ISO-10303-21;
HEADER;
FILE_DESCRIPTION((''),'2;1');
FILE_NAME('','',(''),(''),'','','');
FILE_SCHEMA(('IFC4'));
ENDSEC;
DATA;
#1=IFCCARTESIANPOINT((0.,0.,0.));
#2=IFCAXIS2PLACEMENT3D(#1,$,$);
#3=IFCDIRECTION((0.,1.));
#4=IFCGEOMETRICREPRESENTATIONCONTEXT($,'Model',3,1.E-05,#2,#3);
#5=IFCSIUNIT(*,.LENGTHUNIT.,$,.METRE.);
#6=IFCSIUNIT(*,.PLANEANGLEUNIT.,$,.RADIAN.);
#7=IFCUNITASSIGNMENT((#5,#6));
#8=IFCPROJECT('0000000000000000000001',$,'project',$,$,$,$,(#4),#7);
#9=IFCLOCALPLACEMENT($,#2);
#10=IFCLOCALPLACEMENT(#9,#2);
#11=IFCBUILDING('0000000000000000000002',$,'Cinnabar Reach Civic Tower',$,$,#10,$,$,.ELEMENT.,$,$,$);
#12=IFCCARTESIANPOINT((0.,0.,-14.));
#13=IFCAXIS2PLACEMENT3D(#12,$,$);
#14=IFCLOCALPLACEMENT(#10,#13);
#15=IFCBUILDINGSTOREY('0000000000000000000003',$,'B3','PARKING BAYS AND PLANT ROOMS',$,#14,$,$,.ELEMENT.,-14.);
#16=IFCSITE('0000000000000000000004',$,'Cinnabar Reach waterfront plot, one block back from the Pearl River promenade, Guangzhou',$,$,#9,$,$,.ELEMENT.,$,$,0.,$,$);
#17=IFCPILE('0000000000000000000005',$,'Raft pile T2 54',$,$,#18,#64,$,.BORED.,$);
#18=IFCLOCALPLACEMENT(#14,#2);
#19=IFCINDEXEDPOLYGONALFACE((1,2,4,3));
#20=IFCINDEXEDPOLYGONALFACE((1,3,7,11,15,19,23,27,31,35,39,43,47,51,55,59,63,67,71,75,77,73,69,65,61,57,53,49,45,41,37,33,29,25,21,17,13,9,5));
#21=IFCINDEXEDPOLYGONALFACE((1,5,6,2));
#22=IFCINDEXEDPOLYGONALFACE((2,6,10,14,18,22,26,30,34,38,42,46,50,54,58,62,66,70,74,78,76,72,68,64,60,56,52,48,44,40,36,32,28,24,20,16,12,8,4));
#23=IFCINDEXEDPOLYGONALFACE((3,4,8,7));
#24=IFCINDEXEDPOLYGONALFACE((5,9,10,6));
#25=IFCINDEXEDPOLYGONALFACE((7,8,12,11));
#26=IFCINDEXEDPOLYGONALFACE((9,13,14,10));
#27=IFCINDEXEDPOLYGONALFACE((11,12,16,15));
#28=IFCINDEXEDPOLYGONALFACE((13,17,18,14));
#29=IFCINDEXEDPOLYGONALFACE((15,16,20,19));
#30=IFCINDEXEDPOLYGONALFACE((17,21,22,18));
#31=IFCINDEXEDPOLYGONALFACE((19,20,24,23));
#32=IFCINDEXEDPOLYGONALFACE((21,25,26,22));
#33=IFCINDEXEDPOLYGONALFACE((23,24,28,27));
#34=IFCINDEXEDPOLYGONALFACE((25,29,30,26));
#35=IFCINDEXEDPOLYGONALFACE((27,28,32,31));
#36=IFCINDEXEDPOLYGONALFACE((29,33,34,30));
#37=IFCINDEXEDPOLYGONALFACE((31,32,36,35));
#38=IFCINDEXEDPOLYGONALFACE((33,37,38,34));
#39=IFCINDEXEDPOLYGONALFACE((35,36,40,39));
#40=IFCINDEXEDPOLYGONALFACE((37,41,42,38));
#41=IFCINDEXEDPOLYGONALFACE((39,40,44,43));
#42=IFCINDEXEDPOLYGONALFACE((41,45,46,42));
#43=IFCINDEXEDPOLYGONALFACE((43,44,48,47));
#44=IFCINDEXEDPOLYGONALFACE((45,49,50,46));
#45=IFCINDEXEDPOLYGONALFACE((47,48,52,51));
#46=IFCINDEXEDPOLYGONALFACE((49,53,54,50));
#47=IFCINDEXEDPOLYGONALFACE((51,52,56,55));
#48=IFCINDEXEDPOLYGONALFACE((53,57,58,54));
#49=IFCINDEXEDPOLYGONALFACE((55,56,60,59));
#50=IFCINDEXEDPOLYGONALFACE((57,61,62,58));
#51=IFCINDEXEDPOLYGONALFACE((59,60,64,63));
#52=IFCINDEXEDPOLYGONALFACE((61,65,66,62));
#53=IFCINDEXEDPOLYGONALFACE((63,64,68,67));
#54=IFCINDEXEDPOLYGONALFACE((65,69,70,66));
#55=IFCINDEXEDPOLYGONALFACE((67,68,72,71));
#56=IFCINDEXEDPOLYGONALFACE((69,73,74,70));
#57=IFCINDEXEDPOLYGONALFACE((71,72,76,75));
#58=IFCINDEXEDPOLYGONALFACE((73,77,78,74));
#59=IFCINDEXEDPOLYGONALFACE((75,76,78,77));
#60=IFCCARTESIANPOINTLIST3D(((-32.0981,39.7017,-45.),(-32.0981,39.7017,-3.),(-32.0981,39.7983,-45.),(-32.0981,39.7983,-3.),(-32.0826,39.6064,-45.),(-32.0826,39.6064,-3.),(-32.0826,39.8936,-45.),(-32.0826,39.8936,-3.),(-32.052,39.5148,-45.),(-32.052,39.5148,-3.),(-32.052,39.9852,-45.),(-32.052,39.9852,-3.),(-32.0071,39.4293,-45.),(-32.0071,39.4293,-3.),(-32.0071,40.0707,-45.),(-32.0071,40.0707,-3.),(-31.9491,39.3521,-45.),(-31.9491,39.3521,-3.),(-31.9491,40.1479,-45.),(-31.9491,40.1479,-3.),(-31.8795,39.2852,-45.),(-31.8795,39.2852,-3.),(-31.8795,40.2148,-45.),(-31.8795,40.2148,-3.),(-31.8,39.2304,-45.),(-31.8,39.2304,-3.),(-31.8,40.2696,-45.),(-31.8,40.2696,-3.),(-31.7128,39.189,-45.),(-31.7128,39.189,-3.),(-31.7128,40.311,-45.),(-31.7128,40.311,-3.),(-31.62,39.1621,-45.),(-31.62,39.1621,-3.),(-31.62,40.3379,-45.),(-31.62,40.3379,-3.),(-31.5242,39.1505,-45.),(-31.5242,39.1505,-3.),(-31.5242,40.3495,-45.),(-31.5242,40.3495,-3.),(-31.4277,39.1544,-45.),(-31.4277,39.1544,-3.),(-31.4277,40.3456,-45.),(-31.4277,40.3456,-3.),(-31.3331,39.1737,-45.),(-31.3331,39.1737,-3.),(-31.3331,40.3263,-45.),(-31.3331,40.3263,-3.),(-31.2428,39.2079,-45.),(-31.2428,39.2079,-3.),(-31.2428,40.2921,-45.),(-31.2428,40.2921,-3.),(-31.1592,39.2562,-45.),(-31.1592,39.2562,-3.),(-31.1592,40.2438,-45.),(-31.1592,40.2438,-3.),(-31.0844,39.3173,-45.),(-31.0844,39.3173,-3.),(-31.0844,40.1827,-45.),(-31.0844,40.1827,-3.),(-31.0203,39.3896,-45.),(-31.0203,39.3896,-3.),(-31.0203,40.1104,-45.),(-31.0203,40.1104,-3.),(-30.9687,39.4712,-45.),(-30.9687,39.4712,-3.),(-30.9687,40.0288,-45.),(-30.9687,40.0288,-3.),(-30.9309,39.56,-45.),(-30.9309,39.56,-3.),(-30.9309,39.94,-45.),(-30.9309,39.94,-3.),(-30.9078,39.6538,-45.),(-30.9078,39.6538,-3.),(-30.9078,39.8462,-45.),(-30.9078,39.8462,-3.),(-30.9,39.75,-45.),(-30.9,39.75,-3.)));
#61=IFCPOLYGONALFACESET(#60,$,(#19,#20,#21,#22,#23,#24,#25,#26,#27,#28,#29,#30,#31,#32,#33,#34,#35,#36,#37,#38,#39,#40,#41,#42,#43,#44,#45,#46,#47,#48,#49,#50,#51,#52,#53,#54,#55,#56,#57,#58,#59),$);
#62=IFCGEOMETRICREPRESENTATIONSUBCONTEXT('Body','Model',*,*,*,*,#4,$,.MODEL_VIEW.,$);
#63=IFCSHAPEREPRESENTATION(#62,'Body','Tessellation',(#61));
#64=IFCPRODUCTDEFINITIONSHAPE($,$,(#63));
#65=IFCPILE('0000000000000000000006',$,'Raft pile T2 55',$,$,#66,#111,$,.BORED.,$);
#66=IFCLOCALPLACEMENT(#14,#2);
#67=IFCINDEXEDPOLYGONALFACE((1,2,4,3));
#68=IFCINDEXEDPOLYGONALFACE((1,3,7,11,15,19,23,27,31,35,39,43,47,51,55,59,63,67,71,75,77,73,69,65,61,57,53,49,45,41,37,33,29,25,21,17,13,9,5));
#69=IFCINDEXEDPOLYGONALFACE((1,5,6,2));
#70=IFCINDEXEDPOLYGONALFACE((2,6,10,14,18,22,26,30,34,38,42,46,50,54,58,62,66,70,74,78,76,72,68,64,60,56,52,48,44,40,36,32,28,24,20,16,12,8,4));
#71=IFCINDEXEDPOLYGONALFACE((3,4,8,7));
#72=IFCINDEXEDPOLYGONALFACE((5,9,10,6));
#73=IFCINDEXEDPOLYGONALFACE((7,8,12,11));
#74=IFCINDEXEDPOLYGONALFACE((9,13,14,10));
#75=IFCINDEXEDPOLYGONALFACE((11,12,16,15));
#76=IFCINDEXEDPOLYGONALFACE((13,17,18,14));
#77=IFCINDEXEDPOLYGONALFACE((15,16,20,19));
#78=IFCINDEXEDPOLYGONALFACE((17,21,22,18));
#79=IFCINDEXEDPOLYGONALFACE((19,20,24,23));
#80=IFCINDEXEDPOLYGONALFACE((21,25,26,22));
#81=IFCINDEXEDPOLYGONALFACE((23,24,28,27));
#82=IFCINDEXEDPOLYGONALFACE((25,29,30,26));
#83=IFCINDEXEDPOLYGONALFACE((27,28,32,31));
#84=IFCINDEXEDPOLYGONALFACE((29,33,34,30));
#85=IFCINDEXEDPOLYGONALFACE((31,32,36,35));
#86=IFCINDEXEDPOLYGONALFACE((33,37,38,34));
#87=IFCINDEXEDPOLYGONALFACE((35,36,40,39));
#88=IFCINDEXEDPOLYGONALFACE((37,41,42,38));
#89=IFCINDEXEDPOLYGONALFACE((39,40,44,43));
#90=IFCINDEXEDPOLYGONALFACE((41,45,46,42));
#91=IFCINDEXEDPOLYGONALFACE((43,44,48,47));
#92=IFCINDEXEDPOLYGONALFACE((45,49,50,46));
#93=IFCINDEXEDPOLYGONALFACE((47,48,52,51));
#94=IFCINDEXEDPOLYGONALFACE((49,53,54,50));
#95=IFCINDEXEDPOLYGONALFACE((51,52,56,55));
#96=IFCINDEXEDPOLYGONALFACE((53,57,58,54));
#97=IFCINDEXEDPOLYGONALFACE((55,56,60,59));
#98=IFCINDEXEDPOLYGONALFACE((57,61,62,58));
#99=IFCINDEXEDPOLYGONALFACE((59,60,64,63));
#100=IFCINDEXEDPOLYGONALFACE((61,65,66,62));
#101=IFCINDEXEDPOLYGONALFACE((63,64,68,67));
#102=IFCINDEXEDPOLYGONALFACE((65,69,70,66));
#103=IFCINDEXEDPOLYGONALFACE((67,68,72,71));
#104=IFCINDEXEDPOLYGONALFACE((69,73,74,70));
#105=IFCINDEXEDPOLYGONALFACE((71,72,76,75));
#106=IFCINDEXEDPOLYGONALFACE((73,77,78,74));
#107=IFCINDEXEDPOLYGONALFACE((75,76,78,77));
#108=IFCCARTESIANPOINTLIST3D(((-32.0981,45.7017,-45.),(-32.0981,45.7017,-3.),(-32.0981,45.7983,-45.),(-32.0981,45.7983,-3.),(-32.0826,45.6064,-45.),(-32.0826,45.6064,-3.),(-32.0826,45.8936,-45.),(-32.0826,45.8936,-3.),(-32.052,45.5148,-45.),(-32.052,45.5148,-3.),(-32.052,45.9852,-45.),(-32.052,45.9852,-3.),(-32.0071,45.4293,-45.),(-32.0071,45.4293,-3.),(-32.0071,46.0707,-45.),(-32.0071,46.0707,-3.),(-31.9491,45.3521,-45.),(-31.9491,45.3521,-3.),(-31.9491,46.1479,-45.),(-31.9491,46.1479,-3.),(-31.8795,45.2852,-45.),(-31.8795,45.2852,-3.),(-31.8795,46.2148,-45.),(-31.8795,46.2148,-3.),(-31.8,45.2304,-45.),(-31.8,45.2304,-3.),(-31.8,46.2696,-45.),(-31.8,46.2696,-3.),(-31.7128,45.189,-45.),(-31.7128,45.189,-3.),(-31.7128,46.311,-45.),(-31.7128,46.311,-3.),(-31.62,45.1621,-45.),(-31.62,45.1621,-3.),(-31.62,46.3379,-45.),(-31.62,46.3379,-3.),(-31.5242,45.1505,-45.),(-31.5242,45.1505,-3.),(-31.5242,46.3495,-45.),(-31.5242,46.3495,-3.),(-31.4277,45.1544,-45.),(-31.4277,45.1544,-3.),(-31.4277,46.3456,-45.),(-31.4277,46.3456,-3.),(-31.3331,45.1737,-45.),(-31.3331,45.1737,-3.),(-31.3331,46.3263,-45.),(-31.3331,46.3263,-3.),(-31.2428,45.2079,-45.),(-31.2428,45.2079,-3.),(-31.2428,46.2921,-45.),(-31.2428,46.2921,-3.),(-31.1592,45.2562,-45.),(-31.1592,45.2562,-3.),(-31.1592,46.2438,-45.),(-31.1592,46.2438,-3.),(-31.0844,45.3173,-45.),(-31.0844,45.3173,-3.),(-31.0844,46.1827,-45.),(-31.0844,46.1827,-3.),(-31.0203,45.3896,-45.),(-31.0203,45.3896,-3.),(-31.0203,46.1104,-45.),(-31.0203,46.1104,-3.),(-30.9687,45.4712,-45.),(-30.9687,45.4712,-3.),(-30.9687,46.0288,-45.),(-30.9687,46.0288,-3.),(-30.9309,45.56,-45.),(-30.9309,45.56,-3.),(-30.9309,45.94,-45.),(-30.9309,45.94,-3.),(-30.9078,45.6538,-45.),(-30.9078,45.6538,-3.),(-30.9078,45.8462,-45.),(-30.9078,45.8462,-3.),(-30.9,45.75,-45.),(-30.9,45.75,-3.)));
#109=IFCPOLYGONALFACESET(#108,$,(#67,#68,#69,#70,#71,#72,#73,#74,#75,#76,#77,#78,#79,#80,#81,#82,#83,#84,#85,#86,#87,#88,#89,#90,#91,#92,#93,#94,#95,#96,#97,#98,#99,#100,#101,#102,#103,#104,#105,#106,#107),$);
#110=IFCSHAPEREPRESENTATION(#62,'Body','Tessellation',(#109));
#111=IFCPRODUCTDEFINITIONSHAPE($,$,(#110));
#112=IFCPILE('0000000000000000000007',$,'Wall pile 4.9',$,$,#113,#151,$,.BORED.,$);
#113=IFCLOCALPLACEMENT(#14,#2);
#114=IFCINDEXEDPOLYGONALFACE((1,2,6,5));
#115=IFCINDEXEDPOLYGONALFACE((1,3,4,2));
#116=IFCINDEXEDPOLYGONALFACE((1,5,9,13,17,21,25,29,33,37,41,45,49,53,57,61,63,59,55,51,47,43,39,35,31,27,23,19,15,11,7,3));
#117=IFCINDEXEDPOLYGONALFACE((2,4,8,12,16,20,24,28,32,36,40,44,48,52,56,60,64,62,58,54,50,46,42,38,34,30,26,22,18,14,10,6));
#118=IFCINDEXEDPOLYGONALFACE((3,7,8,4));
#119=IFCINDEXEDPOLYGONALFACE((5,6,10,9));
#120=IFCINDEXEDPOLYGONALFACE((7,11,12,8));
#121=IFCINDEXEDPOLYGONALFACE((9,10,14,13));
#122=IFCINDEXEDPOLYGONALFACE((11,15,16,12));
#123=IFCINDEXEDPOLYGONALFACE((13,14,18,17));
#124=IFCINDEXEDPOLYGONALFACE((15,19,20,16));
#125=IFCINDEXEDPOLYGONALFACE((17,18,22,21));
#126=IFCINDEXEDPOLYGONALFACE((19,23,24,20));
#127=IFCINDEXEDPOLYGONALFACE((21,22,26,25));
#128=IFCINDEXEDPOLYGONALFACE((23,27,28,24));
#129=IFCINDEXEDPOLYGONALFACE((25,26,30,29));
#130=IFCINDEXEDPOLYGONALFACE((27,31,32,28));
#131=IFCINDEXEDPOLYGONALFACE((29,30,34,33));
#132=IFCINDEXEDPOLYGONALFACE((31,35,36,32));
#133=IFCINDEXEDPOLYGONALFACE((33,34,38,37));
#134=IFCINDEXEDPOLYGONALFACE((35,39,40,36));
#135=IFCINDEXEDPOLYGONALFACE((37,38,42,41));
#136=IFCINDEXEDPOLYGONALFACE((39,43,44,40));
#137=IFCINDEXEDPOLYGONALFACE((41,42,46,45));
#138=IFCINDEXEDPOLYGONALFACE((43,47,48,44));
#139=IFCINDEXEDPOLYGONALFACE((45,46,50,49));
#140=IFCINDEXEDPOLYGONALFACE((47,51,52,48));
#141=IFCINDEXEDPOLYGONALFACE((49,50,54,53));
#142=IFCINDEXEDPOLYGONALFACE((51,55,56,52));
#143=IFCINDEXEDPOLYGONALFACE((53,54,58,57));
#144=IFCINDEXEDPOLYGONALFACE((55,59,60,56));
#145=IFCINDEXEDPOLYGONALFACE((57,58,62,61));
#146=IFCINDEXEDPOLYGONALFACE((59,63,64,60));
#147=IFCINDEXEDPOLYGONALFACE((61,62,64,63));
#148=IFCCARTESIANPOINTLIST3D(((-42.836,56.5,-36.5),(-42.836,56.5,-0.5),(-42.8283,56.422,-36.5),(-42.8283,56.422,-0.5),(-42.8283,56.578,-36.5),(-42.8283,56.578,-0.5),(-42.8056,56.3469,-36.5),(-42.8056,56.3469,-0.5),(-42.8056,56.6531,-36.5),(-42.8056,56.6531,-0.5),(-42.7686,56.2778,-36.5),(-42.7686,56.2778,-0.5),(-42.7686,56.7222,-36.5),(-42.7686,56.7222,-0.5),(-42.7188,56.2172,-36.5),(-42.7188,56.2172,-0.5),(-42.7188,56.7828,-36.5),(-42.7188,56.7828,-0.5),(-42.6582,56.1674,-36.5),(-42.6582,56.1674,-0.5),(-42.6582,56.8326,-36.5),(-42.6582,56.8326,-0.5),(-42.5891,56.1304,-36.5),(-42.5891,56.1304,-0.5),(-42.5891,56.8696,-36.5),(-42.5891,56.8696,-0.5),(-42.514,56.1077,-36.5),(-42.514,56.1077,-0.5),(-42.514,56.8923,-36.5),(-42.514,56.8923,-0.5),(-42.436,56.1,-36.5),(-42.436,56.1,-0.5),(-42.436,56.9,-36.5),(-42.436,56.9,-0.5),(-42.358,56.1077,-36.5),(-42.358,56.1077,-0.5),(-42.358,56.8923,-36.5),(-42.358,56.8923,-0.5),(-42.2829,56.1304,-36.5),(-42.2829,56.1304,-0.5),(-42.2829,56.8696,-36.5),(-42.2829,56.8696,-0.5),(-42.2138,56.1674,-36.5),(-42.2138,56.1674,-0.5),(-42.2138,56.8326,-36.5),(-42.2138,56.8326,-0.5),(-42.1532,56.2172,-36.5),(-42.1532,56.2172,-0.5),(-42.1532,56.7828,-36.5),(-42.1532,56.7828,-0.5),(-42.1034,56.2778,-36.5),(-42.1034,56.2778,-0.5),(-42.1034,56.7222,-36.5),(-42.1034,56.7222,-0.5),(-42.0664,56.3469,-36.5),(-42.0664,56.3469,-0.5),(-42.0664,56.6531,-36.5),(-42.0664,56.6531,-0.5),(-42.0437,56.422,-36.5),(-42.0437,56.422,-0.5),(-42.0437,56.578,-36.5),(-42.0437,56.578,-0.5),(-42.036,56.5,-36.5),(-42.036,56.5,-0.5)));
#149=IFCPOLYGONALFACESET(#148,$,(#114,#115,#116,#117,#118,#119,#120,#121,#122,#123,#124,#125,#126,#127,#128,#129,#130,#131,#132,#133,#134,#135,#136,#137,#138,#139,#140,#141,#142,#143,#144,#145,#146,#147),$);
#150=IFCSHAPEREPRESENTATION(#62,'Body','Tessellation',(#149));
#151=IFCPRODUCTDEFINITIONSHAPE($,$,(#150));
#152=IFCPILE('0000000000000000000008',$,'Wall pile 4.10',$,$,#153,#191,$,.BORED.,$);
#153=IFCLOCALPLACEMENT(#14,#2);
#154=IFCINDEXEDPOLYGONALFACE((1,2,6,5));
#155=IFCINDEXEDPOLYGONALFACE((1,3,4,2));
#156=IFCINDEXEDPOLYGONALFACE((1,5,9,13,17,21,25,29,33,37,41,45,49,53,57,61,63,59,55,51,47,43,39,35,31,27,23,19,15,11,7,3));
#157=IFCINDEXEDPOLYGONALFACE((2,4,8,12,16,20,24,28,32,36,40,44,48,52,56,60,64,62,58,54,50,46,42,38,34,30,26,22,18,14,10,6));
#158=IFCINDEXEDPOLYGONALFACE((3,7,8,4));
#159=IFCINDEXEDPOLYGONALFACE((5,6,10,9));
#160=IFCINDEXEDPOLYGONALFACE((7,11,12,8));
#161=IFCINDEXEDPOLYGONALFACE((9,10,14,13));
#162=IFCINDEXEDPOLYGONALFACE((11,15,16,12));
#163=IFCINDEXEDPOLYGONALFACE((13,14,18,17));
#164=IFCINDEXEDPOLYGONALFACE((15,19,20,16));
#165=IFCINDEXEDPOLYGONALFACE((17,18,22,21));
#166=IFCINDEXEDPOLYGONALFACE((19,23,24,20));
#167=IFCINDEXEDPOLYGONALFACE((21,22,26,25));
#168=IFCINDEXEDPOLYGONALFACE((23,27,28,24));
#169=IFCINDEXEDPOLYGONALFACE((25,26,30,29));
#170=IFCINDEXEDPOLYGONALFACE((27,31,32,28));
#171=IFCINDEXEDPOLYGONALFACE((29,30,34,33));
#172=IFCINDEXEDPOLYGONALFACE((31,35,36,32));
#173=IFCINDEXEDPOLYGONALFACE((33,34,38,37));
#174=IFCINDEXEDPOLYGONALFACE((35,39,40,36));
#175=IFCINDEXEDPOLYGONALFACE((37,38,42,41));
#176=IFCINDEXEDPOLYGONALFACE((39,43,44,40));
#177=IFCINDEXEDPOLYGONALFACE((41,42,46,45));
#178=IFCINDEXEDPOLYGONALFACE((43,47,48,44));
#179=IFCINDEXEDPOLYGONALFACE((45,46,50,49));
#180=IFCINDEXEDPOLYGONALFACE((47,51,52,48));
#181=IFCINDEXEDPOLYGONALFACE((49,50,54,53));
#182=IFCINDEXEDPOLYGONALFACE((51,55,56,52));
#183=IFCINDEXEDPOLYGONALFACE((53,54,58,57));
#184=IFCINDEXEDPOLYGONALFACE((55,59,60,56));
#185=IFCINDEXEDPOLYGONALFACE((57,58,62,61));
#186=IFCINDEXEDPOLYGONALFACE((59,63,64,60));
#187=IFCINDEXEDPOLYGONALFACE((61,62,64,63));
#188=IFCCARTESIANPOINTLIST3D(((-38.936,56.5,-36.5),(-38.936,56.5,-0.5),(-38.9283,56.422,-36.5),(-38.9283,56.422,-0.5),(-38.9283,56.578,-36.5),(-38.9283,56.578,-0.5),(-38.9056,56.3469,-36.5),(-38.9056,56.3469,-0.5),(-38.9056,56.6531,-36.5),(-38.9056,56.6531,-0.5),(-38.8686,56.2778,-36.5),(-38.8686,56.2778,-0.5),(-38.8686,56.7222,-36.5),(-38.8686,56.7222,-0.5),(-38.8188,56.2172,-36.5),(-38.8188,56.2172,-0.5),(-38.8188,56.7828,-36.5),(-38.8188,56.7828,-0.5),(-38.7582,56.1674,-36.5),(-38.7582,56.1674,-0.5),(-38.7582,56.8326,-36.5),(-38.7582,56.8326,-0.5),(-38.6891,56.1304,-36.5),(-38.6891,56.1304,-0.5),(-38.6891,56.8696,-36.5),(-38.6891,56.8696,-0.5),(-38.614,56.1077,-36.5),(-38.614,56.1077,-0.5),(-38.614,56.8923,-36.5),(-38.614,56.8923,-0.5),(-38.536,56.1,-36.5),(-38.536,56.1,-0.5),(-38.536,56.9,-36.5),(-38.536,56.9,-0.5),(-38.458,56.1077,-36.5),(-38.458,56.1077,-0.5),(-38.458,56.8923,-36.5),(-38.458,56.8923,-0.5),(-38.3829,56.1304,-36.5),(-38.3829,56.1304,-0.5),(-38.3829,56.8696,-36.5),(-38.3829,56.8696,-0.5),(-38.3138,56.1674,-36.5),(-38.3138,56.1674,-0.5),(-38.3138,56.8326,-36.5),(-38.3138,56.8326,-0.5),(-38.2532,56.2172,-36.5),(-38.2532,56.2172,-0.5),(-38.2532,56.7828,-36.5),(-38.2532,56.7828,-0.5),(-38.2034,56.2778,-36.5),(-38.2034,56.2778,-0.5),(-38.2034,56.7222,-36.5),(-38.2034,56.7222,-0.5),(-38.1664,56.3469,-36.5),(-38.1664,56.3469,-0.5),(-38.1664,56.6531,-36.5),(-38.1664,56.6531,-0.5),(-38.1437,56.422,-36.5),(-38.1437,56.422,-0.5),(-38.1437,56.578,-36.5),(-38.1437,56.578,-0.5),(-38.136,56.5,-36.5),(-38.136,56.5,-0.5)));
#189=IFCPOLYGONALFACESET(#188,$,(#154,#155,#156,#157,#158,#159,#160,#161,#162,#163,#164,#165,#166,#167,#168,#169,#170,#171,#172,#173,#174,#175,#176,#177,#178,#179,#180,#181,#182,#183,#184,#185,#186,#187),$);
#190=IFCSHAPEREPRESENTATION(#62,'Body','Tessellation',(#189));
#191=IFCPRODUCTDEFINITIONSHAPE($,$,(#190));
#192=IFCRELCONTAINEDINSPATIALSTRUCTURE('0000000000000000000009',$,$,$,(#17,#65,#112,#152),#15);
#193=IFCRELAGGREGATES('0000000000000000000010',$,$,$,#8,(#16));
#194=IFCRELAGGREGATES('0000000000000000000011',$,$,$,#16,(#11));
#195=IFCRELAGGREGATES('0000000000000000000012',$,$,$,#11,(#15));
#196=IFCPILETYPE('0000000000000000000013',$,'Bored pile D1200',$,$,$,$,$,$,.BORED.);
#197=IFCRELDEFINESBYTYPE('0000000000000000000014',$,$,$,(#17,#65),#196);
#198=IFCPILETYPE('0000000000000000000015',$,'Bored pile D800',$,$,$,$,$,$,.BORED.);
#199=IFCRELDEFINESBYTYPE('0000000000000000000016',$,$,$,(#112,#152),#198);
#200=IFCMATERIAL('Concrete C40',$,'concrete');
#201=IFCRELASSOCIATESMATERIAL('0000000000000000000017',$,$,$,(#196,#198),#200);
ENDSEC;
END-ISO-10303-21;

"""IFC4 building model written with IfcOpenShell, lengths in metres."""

from ifc_helpers import new_model, si_unit, direction, frame, origin, origin_2d, place, context, subcontext, project, spatial, circle, extrude, material, type_object, element, save


model = new_model("IFC4")

# Units and contexts
model_context = context("Model", 3, precision=1e-05, world=origin(), true_north=direction((0.0, 1.0)))
body_context = subcontext(model_context, "Body", "Model", "MODEL_VIEW")
ifc_project = project(units=[si_unit("LENGTHUNIT", "METRE"), si_unit("PLANEANGLEUNIT", "RADIAN")], contexts=[model_context])

# Site, building, storey
site_placement = place(None, origin())
site = spatial("IfcSite", under=ifc_project, at=site_placement, Name="Cinnabar Reach waterfront plot, one block back from the Pearl River promenade, Guangzhou", CompositionType="ELEMENT", RefElevation=0.0)
building_placement = place(site_placement, origin())
building = spatial("IfcBuilding", under=site, at=building_placement, Name="Cinnabar Reach Civic Tower", CompositionType="ELEMENT")
storey_placement = place(building_placement, frame((0.0, 0.0, -14.0)))
storey = spatial("IfcBuildingStorey", under=building, at=storey_placement, Name="B3", Description="PARKING BAYS AND PLANT ROOMS", CompositionType="ELEMENT", Elevation=-14.0)

# Piles
ifc_material_1 = material(Name="Concrete C40", Category="concrete")
pile_type_1 = type_object("IfcPileType", Name="Bored pile D1200", PredefinedType="BORED", material=ifc_material_1)
for number, where, z_axis, x_axis, name in (
    (1, (-31.5, 39.75, -3.0), (0.0, 0.0, -1.0), (1.0, 0.0, 0.0), "Raft pile T2 54"),
    (2, (-31.5, 45.75, -3.0), (0.0, 0.0, -1.0), (1.0, 0.0, 0.0), "Raft pile T2 55"),
):
    element("IfcPile", number, at=place(storey_placement, frame(where, z_axis=z_axis, x_axis=x_axis)), inside=storey, type_object=pile_type_1, Name=name, PredefinedType="BORED", context=body_context, shape_type="SweptSolid", body=[
        extrude(circle(Radius=0.6, at=origin_2d()), origin(), (0.0, 0.0, 1.0), 42.0),
    ])
pile_type_2 = type_object("IfcPileType", Name="Bored pile D800", PredefinedType="BORED", material=ifc_material_1)
for number, where, z_axis, x_axis, name in (
    (3, (-42.436, 56.5, -0.5), (0.0, 0.0, -1.0), (1.0, 0.0, 0.0), "Wall pile 4.9"),
    (4, (-38.536, 56.5, -0.5), (0.0, 0.0, -1.0), (1.0, 0.0, 0.0), "Wall pile 4.10"),
):
    element("IfcPile", number, at=place(storey_placement, frame(where, z_axis=z_axis, x_axis=x_axis)), inside=storey, type_object=pile_type_2, Name=name, PredefinedType="BORED", context=body_context, shape_type="SweptSolid", body=[
        extrude(circle(Radius=0.4, at=origin_2d()), origin(), (0.0, 0.0, 1.0), 36.0),
    ])

save(model, "model.ifc")
